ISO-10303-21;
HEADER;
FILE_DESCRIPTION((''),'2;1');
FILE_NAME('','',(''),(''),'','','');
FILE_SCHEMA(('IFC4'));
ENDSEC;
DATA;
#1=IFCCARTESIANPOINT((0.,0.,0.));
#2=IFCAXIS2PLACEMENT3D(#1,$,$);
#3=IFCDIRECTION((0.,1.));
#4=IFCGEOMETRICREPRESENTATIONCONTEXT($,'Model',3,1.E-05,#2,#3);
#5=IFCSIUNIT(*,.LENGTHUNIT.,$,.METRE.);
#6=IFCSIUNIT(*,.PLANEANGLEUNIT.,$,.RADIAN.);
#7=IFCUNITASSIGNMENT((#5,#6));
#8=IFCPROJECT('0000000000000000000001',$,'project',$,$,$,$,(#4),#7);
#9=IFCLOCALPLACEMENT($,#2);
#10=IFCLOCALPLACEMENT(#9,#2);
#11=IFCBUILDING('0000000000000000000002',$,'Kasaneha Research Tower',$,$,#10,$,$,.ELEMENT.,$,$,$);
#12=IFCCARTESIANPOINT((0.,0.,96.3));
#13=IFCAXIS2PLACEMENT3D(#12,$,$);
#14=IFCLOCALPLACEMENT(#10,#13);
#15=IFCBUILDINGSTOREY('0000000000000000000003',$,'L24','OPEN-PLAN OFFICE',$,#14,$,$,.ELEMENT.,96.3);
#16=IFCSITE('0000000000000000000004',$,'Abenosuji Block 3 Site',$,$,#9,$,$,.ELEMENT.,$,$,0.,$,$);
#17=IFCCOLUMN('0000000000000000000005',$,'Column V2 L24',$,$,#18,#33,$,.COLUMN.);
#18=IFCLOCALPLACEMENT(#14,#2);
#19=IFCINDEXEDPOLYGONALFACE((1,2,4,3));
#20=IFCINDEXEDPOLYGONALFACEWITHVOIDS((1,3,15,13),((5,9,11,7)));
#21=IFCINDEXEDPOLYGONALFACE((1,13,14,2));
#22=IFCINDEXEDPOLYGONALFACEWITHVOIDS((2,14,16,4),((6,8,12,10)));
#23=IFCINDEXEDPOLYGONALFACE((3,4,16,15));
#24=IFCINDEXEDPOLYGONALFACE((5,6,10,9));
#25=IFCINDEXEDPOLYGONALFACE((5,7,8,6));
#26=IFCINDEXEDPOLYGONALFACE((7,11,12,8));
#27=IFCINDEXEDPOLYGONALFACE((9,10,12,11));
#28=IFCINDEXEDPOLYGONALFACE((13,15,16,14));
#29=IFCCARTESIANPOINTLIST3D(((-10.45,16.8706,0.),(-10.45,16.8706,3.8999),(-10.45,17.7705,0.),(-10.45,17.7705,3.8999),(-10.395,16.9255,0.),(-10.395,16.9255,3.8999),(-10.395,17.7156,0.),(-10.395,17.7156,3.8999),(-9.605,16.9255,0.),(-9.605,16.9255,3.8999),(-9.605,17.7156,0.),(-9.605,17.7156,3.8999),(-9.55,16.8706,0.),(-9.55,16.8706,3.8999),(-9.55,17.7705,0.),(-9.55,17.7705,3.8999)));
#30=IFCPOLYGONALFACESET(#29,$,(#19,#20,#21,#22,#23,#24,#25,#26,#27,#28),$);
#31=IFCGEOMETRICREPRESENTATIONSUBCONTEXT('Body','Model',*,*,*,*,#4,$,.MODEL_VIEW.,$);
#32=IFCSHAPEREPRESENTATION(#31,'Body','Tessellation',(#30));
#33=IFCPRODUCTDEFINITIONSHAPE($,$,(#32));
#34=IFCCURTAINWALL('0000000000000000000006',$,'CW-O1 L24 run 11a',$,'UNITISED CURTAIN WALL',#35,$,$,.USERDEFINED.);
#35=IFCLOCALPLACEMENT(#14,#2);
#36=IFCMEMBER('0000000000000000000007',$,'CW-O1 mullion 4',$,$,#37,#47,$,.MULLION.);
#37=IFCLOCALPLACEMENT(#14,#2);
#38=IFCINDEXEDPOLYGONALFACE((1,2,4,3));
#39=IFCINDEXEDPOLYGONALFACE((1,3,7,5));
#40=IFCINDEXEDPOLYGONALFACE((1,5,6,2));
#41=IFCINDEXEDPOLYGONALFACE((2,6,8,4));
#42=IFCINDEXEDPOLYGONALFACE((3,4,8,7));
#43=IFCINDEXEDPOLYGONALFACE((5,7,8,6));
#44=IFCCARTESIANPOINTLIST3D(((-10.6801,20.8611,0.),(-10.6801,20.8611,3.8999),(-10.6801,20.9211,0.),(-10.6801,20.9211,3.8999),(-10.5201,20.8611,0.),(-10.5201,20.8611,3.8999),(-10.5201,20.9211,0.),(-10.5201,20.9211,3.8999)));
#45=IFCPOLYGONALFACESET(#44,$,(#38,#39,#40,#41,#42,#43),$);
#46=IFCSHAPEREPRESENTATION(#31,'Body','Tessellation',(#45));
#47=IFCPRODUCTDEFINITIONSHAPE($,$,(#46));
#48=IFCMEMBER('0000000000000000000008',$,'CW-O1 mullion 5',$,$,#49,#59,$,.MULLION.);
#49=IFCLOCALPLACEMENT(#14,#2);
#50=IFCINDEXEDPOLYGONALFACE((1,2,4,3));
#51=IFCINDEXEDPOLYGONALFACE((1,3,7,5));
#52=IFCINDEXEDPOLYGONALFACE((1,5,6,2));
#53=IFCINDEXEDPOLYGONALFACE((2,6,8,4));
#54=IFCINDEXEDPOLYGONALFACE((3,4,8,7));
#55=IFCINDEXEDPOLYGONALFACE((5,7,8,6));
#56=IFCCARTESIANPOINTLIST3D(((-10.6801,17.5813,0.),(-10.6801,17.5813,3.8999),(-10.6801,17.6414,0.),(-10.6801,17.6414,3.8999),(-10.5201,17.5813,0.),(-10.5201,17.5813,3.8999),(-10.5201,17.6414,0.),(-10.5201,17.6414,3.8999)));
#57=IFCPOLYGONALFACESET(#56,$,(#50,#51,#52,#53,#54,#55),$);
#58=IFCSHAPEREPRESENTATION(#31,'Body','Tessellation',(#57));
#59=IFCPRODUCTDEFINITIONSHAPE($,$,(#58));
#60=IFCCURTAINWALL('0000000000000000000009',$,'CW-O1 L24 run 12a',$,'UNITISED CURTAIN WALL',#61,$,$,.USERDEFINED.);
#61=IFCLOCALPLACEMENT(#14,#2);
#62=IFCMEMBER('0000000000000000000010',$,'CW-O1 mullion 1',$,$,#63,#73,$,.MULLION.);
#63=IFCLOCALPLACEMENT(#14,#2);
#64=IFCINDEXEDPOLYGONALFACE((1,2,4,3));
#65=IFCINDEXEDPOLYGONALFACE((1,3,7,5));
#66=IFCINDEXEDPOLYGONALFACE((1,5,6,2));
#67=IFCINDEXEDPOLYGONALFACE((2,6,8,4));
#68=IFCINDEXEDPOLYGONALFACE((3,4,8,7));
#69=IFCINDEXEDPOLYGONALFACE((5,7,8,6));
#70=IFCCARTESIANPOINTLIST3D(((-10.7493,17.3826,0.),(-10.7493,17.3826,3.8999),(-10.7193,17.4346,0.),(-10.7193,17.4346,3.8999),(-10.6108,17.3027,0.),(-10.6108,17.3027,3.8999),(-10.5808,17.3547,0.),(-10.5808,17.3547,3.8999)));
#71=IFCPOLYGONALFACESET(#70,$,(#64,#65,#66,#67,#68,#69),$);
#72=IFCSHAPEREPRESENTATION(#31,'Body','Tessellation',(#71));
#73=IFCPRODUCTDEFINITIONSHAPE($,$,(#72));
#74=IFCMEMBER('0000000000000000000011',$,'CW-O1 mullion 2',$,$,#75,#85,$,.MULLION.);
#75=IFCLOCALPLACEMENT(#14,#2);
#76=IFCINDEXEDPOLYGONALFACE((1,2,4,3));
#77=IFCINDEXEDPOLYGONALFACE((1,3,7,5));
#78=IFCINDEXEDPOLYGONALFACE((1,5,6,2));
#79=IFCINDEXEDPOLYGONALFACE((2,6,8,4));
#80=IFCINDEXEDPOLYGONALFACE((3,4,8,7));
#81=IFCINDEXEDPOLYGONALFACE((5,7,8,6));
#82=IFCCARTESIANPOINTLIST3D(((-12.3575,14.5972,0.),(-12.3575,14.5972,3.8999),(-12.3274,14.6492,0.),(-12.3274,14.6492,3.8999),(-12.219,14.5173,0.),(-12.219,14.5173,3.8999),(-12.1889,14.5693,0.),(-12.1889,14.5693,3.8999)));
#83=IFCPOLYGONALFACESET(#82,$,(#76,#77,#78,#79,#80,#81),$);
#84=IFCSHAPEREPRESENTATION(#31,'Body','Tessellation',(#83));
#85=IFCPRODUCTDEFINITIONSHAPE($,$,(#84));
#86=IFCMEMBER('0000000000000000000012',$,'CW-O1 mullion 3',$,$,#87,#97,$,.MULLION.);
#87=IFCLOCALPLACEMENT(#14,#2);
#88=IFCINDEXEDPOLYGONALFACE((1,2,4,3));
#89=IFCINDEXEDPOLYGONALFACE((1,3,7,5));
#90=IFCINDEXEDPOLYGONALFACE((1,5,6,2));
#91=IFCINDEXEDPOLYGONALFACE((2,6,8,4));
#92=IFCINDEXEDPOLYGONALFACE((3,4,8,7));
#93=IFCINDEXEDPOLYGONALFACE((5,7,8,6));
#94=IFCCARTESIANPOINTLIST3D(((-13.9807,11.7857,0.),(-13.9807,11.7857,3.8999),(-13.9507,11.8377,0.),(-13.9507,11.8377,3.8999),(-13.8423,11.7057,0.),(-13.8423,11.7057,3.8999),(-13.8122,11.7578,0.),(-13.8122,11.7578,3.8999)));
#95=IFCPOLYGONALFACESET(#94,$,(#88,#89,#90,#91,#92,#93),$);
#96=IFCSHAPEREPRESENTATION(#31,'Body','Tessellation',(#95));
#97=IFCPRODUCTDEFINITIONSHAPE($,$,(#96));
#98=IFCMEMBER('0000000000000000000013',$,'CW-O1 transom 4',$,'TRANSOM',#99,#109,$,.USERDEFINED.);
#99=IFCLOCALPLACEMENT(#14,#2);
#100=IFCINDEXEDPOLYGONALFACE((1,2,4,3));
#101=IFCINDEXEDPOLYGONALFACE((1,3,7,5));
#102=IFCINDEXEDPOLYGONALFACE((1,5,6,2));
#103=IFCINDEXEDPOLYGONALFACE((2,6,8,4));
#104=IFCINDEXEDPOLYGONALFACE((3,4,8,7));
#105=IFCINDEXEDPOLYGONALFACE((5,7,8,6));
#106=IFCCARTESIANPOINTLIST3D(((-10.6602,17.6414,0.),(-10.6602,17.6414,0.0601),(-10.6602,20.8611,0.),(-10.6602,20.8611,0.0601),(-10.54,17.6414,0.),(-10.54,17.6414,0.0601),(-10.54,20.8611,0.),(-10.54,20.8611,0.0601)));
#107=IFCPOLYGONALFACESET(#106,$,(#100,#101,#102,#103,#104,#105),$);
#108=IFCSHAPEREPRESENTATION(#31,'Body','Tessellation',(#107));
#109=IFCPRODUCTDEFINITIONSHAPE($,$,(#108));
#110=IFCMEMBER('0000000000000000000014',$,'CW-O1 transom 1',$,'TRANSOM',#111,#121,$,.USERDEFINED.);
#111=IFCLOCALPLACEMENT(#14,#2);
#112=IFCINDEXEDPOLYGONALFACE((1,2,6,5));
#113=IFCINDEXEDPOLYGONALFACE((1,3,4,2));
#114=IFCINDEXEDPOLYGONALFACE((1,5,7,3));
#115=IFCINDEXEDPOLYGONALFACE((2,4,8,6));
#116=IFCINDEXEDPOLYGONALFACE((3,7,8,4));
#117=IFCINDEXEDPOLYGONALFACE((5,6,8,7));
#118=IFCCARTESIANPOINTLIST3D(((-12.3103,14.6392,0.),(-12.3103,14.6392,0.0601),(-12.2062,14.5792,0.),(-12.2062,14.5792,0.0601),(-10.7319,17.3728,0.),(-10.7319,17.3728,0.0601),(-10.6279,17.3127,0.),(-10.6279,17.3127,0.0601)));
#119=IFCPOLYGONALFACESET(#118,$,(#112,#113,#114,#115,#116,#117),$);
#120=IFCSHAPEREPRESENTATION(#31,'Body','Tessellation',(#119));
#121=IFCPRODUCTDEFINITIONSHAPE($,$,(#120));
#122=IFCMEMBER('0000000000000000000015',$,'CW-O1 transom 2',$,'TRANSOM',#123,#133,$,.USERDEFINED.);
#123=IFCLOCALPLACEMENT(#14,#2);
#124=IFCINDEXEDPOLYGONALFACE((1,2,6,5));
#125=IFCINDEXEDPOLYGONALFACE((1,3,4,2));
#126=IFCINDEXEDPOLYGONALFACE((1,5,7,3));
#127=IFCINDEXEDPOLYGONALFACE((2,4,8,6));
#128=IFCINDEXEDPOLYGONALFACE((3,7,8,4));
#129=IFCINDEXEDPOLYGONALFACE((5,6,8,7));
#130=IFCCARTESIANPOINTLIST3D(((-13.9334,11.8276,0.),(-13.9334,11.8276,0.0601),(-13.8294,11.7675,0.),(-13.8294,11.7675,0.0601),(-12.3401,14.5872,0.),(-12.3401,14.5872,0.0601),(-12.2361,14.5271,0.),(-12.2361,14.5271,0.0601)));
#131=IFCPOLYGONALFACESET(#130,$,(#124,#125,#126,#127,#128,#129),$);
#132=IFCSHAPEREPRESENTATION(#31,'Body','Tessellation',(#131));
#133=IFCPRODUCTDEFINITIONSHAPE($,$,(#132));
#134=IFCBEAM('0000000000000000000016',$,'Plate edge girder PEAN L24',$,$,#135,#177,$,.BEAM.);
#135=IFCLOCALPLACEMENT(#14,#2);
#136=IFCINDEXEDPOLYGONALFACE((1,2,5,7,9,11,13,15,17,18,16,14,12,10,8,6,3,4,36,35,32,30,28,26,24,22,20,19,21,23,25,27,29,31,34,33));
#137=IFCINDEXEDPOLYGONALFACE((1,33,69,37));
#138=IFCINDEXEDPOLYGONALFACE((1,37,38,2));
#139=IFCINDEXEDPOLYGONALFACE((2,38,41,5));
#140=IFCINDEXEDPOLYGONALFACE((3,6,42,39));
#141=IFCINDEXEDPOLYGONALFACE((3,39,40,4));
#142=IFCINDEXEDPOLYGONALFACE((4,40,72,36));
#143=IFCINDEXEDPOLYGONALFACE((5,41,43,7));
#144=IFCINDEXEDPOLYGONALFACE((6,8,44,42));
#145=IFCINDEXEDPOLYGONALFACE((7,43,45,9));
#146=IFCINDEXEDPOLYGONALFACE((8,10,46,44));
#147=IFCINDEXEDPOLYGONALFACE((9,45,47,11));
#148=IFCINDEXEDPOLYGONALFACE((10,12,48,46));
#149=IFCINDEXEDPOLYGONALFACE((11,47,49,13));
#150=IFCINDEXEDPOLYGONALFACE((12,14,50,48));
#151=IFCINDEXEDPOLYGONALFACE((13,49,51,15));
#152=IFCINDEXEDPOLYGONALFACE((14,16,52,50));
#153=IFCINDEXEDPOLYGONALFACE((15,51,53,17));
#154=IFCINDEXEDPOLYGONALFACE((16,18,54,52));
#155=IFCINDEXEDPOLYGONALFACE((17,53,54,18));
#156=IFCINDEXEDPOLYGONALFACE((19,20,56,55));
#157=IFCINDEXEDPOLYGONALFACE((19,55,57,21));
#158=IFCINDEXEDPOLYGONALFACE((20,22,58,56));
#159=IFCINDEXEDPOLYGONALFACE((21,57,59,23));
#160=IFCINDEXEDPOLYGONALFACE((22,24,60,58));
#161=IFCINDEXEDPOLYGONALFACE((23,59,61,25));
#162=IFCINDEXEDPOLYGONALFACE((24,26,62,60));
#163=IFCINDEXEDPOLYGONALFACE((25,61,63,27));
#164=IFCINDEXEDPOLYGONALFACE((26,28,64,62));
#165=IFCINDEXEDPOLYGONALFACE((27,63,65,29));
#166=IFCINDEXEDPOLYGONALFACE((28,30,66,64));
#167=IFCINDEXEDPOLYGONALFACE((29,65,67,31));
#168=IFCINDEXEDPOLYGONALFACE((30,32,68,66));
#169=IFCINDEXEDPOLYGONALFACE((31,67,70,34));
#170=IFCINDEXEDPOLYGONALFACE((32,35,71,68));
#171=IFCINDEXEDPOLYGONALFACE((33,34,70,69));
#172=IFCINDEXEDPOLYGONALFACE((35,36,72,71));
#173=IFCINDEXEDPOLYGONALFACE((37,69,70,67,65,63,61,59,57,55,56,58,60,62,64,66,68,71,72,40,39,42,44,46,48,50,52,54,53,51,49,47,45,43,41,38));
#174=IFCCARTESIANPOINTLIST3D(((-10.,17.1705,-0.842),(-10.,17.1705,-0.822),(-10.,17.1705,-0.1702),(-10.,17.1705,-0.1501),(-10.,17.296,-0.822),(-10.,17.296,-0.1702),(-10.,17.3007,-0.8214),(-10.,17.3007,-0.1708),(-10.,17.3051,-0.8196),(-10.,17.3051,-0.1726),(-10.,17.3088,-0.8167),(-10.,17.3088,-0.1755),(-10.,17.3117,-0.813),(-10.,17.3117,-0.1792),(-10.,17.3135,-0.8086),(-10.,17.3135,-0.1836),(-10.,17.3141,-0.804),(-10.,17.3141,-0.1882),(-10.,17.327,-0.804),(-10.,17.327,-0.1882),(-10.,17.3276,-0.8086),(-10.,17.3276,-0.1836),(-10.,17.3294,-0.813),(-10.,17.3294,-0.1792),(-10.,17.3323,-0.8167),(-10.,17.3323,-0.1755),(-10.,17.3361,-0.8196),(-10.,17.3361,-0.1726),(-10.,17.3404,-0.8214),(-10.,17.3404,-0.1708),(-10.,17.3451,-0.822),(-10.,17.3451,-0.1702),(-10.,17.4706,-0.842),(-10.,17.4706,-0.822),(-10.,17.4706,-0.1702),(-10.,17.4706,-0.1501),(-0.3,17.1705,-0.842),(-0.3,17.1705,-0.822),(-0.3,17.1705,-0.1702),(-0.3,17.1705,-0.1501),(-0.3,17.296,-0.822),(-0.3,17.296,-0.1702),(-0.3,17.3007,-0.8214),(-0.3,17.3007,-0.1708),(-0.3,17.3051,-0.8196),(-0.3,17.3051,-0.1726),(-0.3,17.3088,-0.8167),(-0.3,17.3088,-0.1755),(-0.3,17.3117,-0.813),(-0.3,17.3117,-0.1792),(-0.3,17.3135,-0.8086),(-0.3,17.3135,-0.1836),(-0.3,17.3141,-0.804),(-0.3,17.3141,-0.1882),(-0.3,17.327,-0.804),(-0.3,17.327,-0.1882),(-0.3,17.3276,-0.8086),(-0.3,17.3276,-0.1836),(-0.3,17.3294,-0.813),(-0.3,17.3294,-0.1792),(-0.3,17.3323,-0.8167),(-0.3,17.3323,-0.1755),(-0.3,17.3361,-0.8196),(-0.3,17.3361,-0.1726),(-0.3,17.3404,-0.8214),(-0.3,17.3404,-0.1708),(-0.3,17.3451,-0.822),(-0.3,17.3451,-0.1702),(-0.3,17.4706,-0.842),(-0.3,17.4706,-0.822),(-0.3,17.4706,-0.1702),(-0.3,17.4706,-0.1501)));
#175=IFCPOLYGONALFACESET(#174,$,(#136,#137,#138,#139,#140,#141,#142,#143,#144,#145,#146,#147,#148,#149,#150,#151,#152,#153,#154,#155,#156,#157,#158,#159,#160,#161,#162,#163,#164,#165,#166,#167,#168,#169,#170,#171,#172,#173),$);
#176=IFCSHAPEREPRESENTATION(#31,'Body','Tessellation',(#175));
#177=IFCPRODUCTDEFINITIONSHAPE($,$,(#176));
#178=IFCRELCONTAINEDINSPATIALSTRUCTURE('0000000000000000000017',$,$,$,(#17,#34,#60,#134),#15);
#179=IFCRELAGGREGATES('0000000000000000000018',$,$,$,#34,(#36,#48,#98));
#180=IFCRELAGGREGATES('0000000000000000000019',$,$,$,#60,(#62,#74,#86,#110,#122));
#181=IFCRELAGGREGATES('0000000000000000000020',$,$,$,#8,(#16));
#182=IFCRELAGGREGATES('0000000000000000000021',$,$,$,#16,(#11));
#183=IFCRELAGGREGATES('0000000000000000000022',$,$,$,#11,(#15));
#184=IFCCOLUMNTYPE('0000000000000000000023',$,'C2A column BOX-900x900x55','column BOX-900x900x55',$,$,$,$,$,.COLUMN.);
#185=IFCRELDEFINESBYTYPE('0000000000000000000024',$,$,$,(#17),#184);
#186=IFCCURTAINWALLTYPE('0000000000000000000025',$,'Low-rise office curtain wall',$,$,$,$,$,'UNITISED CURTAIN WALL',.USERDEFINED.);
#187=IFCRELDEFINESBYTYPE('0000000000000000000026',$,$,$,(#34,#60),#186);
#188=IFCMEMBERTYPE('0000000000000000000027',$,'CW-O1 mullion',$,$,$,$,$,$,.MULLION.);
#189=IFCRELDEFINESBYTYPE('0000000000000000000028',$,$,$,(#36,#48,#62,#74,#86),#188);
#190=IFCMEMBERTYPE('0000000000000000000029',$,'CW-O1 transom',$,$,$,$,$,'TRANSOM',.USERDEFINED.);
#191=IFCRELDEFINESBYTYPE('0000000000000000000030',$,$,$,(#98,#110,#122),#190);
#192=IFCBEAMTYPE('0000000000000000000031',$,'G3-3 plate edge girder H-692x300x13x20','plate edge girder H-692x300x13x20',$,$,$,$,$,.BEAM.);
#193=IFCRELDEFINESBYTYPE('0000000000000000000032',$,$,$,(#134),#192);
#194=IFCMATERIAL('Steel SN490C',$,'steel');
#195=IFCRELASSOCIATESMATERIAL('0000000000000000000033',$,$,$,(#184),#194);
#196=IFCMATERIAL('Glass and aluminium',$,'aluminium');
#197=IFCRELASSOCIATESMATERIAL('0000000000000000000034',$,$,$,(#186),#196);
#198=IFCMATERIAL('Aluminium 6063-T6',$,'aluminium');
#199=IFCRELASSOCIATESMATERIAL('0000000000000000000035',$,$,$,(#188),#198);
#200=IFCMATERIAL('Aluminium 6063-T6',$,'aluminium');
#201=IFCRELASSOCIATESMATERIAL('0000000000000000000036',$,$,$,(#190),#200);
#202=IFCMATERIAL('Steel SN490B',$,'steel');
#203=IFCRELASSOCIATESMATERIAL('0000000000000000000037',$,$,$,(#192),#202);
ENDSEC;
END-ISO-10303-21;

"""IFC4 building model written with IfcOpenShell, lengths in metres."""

from ifc_helpers import new_model, si_unit, direction, frame, origin, origin_2d, place, context, subcontext, project, spatial, rectangle, hollow_rectangle, i_section, extrude, material, material_profile, profile_set, type_object, element, aggregate, save


model = new_model("IFC4")

# Units and contexts
model_context = context("Model", 3, precision=1e-05, world=origin(), true_north=direction((0.0, 1.0)))
body_context = subcontext(model_context, "Body", "Model", "MODEL_VIEW")
ifc_project = project(units=[si_unit("LENGTHUNIT", "METRE"), si_unit("PLANEANGLEUNIT", "RADIAN")], contexts=[model_context])

# Site, building, storey
site_placement = place(None, origin())
site = spatial("IfcSite", under=ifc_project, at=site_placement, Name="Abenosuji Block 3 Site", CompositionType="ELEMENT", RefElevation=0.0)
building_placement = place(site_placement, origin())
building = spatial("IfcBuilding", under=site, at=building_placement, Name="Kasaneha Research Tower", CompositionType="ELEMENT")
storey_placement = place(building_placement, frame((0.0, 0.0, 96.3)))
storey = spatial("IfcBuildingStorey", under=building, at=storey_placement, Name="L24", Description="OPEN-PLAN OFFICE", CompositionType="ELEMENT", Elevation=96.3)

# Column
ifc_material_1 = material(Name="Steel SN490C", Category="steel")
ifc_material_profile_1 = material_profile(ifc_material_1, hollow_rectangle(XDim=0.8999, YDim=0.8999, WallThickness=0.0549, at=origin_2d()), Name="BOX-900x900x55")
ifc_profile_set_1 = profile_set([ifc_material_profile_1], Name="Steel SN490C")
column_type = type_object("IfcColumnType", Name="C2A column BOX-900x900x55", Description="column BOX-900x900x55", PredefinedType="COLUMN", material=ifc_profile_set_1)
column_placement = place(storey_placement, frame((-10.0, 17.3206, 0.0), z_axis=(0.0, 0.0, 1.0), x_axis=(1.0, 0.0, 0.0)))
element("IfcColumn", 1, at=column_placement, inside=storey, type_object=column_type, Name="Column V2 L24", PredefinedType="COLUMN", context=body_context, shape_type="SweptSolid", body=[
    extrude(hollow_rectangle(XDim=0.8999, YDim=0.8999, WallThickness=0.0549, at=origin_2d()), origin(), (0.0, 0.0, 1.0), 3.8999),
])

# Curtain walls, members
ifc_material_2 = material(Name="Glass and aluminium", Category="aluminium")
curtain_wall_type = type_object("IfcCurtainWallType", Name="Low-rise office curtain wall", ElementType="UNITISED CURTAIN WALL", PredefinedType="USERDEFINED", material=ifc_material_2)
curtain_wall_1_placement = place(storey_placement, origin())
curtain_wall_1 = element("IfcCurtainWall", 2, at=curtain_wall_1_placement, inside=storey, type_object=curtain_wall_type, Name="CW-O1 L24 run 11a", ObjectType="UNITISED CURTAIN WALL", PredefinedType="USERDEFINED")
ifc_material_3 = material(Name="Aluminium 6063-T6", Category="aluminium")
ifc_material_profile_2 = material_profile(ifc_material_3, rectangle(XDim=0.0601, YDim=0.1599, at=origin_2d()), Name="CW-O1 mullion 60x160")
ifc_profile_set_2 = profile_set([ifc_material_profile_2], Name="Aluminium 6063-T6")
member_type_1 = type_object("IfcMemberType", Name="CW-O1 mullion", PredefinedType="MULLION", material=ifc_profile_set_2)
member_1_placement = place(storey_placement, frame((-10.6001, 20.8911, 0.0), z_axis=(0.0, 0.0, 1.0), x_axis=(0.0, -1.0, 0.0)))
member_1 = element("IfcMember", 3, at=member_1_placement, type_object=member_type_1, Name="CW-O1 mullion 4", PredefinedType="MULLION", context=body_context, shape_type="SweptSolid", body=[
    extrude(rectangle(XDim=0.0601, YDim=0.1599, at=origin_2d()), origin(), (0.0, 0.0, 1.0), 3.8999),
])
member_2_placement = place(storey_placement, frame((-10.6001, 17.6113, 0.0), z_axis=(0.0, 0.0, 1.0), x_axis=(0.0, -1.0, 0.0)))
member_2 = element("IfcMember", 4, at=member_2_placement, type_object=member_type_1, Name="CW-O1 mullion 5", PredefinedType="MULLION", context=body_context, shape_type="SweptSolid", body=[
    extrude(rectangle(XDim=0.0601, YDim=0.1599, at=origin_2d()), origin(), (0.0, 0.0, 1.0), 3.8999),
])
curtain_wall_2_placement = place(storey_placement, origin())
curtain_wall_2 = element("IfcCurtainWall", 5, at=curtain_wall_2_placement, inside=storey, type_object=curtain_wall_type, Name="CW-O1 L24 run 12a", ObjectType="UNITISED CURTAIN WALL", PredefinedType="USERDEFINED")
member_3_placement = place(storey_placement, frame((-10.665, 17.3687, 0.0), z_axis=(0.0, 0.0, 1.0), x_axis=(-0.5, -0.866025, 0.0)))
member_3 = element("IfcMember", 6, at=member_3_placement, type_object=member_type_1, Name="CW-O1 mullion 1", PredefinedType="MULLION", context=body_context, shape_type="SweptSolid", body=[
    extrude(rectangle(XDim=0.0601, YDim=0.1599, at=origin_2d()), origin(), (0.0, 0.0, 1.0), 3.8999),
])
member_4_placement = place(storey_placement, frame((-12.2732, 14.5833, 0.0), z_axis=(0.0, 0.0, 1.0), x_axis=(-0.5, -0.866025, 0.0)))
member_4 = element("IfcMember", 7, at=member_4_placement, type_object=member_type_1, Name="CW-O1 mullion 2", PredefinedType="MULLION", context=body_context, shape_type="SweptSolid", body=[
    extrude(rectangle(XDim=0.0601, YDim=0.1599, at=origin_2d()), origin(), (0.0, 0.0, 1.0), 3.8999),
])
member_5_placement = place(storey_placement, frame((-13.8965, 11.7717, 0.0), z_axis=(0.0, 0.0, 1.0), x_axis=(-0.5, -0.866025, 0.0)))
member_5 = element("IfcMember", 8, at=member_5_placement, type_object=member_type_1, Name="CW-O1 mullion 3", PredefinedType="MULLION", context=body_context, shape_type="SweptSolid", body=[
    extrude(rectangle(XDim=0.0601, YDim=0.1599, at=origin_2d()), origin(), (0.0, 0.0, 1.0), 3.8999),
])

# Members
ifc_material_4 = material(Name="Aluminium 6063-T6", Category="aluminium")
ifc_material_profile_3 = material_profile(ifc_material_4, rectangle(XDim=0.1201, YDim=0.0601, at=origin_2d()), Name="CW-O1 transom 120x60")
ifc_profile_set_3 = profile_set([ifc_material_profile_3], Name="Aluminium 6063-T6")
member_type_2 = type_object("IfcMemberType", Name="CW-O1 transom", ElementType="TRANSOM", PredefinedType="USERDEFINED", material=ifc_profile_set_3)
member_6_placement = place(storey_placement, frame((-10.6001, 20.8611, 0.03), z_axis=(0.0, -1.0, 0.0), x_axis=(1.0, 0.0, 0.0)))
member_6 = element("IfcMember", 9, at=member_6_placement, type_object=member_type_2, Name="CW-O1 transom 4", ObjectType="TRANSOM", PredefinedType="USERDEFINED", context=body_context, shape_type="SweptSolid", body=[
    extrude(rectangle(XDim=0.1201, YDim=0.0601, at=origin_2d()), origin(), (0.0, 0.0, 1.0), 3.2197),
])
member_7_placement = place(storey_placement, frame((-10.6799, 17.3428, 0.03), z_axis=(-0.500024, -0.866012, 0.0), x_axis=(0.866012, -0.500024, 0.0)))
member_7 = element("IfcMember", 10, at=member_7_placement, type_object=member_type_2, Name="CW-O1 transom 1", ObjectType="TRANSOM", PredefinedType="USERDEFINED", context=body_context, shape_type="SweptSolid", body=[
    extrude(rectangle(XDim=0.1201, YDim=0.0601, at=origin_2d()), origin(), (0.0, 0.0, 1.0), 3.1565),
])
member_8_placement = place(storey_placement, frame((-12.2881, 14.5571, 0.03), z_axis=(-0.500012, -0.866018, 0.0), x_axis=(0.866018, -0.500012, 0.0)))
member_8 = element("IfcMember", 11, at=member_8_placement, type_object=member_type_2, Name="CW-O1 transom 2", ObjectType="TRANSOM", PredefinedType="USERDEFINED", context=body_context, shape_type="SweptSolid", body=[
    extrude(rectangle(XDim=0.1201, YDim=0.0601, at=origin_2d()), origin(), (0.0, 0.0, 1.0), 3.1865),
])

# Beam
ifc_material_5 = material(Name="Steel SN490B", Category="steel")
ifc_material_profile_4 = material_profile(ifc_material_5, i_section(OverallWidth=0.3, OverallDepth=0.6919, WebThickness=0.0129, FlangeThickness=0.02, FilletRadius=0.0181, at=origin_2d()), Name="H-692x300x13x20")
ifc_profile_set_4 = profile_set([ifc_material_profile_4], Name="Steel SN490B")
beam_type_1 = type_object("IfcBeamType", Name="G3-3 plate edge girder H-692x300x13x20", Description="plate edge girder H-692x300x13x20", PredefinedType="BEAM", material=ifc_profile_set_4)
beam_1_placement = place(storey_placement, frame((-10.0, 17.3206, -0.4961), z_axis=(1.0, 0.0, 0.0), x_axis=(0.0, 1.0, 0.0)))
element("IfcBeam", 12, at=beam_1_placement, inside=storey, type_object=beam_type_1, Name="Plate edge girder PEAN L24", PredefinedType="BEAM", context=body_context, shape_type="SweptSolid", body=[
    extrude(i_section(OverallWidth=0.3, OverallDepth=0.6919, WebThickness=0.0129, FlangeThickness=0.02, FilletRadius=0.0181, at=origin_2d()), origin(), (0.0, 0.0, 1.0), 9.7),
])

aggregate(curtain_wall_1, [member_1, member_2, member_6])
aggregate(curtain_wall_2, [member_3, member_4, member_5, member_7, member_8])

save(model, "model.ifc")
